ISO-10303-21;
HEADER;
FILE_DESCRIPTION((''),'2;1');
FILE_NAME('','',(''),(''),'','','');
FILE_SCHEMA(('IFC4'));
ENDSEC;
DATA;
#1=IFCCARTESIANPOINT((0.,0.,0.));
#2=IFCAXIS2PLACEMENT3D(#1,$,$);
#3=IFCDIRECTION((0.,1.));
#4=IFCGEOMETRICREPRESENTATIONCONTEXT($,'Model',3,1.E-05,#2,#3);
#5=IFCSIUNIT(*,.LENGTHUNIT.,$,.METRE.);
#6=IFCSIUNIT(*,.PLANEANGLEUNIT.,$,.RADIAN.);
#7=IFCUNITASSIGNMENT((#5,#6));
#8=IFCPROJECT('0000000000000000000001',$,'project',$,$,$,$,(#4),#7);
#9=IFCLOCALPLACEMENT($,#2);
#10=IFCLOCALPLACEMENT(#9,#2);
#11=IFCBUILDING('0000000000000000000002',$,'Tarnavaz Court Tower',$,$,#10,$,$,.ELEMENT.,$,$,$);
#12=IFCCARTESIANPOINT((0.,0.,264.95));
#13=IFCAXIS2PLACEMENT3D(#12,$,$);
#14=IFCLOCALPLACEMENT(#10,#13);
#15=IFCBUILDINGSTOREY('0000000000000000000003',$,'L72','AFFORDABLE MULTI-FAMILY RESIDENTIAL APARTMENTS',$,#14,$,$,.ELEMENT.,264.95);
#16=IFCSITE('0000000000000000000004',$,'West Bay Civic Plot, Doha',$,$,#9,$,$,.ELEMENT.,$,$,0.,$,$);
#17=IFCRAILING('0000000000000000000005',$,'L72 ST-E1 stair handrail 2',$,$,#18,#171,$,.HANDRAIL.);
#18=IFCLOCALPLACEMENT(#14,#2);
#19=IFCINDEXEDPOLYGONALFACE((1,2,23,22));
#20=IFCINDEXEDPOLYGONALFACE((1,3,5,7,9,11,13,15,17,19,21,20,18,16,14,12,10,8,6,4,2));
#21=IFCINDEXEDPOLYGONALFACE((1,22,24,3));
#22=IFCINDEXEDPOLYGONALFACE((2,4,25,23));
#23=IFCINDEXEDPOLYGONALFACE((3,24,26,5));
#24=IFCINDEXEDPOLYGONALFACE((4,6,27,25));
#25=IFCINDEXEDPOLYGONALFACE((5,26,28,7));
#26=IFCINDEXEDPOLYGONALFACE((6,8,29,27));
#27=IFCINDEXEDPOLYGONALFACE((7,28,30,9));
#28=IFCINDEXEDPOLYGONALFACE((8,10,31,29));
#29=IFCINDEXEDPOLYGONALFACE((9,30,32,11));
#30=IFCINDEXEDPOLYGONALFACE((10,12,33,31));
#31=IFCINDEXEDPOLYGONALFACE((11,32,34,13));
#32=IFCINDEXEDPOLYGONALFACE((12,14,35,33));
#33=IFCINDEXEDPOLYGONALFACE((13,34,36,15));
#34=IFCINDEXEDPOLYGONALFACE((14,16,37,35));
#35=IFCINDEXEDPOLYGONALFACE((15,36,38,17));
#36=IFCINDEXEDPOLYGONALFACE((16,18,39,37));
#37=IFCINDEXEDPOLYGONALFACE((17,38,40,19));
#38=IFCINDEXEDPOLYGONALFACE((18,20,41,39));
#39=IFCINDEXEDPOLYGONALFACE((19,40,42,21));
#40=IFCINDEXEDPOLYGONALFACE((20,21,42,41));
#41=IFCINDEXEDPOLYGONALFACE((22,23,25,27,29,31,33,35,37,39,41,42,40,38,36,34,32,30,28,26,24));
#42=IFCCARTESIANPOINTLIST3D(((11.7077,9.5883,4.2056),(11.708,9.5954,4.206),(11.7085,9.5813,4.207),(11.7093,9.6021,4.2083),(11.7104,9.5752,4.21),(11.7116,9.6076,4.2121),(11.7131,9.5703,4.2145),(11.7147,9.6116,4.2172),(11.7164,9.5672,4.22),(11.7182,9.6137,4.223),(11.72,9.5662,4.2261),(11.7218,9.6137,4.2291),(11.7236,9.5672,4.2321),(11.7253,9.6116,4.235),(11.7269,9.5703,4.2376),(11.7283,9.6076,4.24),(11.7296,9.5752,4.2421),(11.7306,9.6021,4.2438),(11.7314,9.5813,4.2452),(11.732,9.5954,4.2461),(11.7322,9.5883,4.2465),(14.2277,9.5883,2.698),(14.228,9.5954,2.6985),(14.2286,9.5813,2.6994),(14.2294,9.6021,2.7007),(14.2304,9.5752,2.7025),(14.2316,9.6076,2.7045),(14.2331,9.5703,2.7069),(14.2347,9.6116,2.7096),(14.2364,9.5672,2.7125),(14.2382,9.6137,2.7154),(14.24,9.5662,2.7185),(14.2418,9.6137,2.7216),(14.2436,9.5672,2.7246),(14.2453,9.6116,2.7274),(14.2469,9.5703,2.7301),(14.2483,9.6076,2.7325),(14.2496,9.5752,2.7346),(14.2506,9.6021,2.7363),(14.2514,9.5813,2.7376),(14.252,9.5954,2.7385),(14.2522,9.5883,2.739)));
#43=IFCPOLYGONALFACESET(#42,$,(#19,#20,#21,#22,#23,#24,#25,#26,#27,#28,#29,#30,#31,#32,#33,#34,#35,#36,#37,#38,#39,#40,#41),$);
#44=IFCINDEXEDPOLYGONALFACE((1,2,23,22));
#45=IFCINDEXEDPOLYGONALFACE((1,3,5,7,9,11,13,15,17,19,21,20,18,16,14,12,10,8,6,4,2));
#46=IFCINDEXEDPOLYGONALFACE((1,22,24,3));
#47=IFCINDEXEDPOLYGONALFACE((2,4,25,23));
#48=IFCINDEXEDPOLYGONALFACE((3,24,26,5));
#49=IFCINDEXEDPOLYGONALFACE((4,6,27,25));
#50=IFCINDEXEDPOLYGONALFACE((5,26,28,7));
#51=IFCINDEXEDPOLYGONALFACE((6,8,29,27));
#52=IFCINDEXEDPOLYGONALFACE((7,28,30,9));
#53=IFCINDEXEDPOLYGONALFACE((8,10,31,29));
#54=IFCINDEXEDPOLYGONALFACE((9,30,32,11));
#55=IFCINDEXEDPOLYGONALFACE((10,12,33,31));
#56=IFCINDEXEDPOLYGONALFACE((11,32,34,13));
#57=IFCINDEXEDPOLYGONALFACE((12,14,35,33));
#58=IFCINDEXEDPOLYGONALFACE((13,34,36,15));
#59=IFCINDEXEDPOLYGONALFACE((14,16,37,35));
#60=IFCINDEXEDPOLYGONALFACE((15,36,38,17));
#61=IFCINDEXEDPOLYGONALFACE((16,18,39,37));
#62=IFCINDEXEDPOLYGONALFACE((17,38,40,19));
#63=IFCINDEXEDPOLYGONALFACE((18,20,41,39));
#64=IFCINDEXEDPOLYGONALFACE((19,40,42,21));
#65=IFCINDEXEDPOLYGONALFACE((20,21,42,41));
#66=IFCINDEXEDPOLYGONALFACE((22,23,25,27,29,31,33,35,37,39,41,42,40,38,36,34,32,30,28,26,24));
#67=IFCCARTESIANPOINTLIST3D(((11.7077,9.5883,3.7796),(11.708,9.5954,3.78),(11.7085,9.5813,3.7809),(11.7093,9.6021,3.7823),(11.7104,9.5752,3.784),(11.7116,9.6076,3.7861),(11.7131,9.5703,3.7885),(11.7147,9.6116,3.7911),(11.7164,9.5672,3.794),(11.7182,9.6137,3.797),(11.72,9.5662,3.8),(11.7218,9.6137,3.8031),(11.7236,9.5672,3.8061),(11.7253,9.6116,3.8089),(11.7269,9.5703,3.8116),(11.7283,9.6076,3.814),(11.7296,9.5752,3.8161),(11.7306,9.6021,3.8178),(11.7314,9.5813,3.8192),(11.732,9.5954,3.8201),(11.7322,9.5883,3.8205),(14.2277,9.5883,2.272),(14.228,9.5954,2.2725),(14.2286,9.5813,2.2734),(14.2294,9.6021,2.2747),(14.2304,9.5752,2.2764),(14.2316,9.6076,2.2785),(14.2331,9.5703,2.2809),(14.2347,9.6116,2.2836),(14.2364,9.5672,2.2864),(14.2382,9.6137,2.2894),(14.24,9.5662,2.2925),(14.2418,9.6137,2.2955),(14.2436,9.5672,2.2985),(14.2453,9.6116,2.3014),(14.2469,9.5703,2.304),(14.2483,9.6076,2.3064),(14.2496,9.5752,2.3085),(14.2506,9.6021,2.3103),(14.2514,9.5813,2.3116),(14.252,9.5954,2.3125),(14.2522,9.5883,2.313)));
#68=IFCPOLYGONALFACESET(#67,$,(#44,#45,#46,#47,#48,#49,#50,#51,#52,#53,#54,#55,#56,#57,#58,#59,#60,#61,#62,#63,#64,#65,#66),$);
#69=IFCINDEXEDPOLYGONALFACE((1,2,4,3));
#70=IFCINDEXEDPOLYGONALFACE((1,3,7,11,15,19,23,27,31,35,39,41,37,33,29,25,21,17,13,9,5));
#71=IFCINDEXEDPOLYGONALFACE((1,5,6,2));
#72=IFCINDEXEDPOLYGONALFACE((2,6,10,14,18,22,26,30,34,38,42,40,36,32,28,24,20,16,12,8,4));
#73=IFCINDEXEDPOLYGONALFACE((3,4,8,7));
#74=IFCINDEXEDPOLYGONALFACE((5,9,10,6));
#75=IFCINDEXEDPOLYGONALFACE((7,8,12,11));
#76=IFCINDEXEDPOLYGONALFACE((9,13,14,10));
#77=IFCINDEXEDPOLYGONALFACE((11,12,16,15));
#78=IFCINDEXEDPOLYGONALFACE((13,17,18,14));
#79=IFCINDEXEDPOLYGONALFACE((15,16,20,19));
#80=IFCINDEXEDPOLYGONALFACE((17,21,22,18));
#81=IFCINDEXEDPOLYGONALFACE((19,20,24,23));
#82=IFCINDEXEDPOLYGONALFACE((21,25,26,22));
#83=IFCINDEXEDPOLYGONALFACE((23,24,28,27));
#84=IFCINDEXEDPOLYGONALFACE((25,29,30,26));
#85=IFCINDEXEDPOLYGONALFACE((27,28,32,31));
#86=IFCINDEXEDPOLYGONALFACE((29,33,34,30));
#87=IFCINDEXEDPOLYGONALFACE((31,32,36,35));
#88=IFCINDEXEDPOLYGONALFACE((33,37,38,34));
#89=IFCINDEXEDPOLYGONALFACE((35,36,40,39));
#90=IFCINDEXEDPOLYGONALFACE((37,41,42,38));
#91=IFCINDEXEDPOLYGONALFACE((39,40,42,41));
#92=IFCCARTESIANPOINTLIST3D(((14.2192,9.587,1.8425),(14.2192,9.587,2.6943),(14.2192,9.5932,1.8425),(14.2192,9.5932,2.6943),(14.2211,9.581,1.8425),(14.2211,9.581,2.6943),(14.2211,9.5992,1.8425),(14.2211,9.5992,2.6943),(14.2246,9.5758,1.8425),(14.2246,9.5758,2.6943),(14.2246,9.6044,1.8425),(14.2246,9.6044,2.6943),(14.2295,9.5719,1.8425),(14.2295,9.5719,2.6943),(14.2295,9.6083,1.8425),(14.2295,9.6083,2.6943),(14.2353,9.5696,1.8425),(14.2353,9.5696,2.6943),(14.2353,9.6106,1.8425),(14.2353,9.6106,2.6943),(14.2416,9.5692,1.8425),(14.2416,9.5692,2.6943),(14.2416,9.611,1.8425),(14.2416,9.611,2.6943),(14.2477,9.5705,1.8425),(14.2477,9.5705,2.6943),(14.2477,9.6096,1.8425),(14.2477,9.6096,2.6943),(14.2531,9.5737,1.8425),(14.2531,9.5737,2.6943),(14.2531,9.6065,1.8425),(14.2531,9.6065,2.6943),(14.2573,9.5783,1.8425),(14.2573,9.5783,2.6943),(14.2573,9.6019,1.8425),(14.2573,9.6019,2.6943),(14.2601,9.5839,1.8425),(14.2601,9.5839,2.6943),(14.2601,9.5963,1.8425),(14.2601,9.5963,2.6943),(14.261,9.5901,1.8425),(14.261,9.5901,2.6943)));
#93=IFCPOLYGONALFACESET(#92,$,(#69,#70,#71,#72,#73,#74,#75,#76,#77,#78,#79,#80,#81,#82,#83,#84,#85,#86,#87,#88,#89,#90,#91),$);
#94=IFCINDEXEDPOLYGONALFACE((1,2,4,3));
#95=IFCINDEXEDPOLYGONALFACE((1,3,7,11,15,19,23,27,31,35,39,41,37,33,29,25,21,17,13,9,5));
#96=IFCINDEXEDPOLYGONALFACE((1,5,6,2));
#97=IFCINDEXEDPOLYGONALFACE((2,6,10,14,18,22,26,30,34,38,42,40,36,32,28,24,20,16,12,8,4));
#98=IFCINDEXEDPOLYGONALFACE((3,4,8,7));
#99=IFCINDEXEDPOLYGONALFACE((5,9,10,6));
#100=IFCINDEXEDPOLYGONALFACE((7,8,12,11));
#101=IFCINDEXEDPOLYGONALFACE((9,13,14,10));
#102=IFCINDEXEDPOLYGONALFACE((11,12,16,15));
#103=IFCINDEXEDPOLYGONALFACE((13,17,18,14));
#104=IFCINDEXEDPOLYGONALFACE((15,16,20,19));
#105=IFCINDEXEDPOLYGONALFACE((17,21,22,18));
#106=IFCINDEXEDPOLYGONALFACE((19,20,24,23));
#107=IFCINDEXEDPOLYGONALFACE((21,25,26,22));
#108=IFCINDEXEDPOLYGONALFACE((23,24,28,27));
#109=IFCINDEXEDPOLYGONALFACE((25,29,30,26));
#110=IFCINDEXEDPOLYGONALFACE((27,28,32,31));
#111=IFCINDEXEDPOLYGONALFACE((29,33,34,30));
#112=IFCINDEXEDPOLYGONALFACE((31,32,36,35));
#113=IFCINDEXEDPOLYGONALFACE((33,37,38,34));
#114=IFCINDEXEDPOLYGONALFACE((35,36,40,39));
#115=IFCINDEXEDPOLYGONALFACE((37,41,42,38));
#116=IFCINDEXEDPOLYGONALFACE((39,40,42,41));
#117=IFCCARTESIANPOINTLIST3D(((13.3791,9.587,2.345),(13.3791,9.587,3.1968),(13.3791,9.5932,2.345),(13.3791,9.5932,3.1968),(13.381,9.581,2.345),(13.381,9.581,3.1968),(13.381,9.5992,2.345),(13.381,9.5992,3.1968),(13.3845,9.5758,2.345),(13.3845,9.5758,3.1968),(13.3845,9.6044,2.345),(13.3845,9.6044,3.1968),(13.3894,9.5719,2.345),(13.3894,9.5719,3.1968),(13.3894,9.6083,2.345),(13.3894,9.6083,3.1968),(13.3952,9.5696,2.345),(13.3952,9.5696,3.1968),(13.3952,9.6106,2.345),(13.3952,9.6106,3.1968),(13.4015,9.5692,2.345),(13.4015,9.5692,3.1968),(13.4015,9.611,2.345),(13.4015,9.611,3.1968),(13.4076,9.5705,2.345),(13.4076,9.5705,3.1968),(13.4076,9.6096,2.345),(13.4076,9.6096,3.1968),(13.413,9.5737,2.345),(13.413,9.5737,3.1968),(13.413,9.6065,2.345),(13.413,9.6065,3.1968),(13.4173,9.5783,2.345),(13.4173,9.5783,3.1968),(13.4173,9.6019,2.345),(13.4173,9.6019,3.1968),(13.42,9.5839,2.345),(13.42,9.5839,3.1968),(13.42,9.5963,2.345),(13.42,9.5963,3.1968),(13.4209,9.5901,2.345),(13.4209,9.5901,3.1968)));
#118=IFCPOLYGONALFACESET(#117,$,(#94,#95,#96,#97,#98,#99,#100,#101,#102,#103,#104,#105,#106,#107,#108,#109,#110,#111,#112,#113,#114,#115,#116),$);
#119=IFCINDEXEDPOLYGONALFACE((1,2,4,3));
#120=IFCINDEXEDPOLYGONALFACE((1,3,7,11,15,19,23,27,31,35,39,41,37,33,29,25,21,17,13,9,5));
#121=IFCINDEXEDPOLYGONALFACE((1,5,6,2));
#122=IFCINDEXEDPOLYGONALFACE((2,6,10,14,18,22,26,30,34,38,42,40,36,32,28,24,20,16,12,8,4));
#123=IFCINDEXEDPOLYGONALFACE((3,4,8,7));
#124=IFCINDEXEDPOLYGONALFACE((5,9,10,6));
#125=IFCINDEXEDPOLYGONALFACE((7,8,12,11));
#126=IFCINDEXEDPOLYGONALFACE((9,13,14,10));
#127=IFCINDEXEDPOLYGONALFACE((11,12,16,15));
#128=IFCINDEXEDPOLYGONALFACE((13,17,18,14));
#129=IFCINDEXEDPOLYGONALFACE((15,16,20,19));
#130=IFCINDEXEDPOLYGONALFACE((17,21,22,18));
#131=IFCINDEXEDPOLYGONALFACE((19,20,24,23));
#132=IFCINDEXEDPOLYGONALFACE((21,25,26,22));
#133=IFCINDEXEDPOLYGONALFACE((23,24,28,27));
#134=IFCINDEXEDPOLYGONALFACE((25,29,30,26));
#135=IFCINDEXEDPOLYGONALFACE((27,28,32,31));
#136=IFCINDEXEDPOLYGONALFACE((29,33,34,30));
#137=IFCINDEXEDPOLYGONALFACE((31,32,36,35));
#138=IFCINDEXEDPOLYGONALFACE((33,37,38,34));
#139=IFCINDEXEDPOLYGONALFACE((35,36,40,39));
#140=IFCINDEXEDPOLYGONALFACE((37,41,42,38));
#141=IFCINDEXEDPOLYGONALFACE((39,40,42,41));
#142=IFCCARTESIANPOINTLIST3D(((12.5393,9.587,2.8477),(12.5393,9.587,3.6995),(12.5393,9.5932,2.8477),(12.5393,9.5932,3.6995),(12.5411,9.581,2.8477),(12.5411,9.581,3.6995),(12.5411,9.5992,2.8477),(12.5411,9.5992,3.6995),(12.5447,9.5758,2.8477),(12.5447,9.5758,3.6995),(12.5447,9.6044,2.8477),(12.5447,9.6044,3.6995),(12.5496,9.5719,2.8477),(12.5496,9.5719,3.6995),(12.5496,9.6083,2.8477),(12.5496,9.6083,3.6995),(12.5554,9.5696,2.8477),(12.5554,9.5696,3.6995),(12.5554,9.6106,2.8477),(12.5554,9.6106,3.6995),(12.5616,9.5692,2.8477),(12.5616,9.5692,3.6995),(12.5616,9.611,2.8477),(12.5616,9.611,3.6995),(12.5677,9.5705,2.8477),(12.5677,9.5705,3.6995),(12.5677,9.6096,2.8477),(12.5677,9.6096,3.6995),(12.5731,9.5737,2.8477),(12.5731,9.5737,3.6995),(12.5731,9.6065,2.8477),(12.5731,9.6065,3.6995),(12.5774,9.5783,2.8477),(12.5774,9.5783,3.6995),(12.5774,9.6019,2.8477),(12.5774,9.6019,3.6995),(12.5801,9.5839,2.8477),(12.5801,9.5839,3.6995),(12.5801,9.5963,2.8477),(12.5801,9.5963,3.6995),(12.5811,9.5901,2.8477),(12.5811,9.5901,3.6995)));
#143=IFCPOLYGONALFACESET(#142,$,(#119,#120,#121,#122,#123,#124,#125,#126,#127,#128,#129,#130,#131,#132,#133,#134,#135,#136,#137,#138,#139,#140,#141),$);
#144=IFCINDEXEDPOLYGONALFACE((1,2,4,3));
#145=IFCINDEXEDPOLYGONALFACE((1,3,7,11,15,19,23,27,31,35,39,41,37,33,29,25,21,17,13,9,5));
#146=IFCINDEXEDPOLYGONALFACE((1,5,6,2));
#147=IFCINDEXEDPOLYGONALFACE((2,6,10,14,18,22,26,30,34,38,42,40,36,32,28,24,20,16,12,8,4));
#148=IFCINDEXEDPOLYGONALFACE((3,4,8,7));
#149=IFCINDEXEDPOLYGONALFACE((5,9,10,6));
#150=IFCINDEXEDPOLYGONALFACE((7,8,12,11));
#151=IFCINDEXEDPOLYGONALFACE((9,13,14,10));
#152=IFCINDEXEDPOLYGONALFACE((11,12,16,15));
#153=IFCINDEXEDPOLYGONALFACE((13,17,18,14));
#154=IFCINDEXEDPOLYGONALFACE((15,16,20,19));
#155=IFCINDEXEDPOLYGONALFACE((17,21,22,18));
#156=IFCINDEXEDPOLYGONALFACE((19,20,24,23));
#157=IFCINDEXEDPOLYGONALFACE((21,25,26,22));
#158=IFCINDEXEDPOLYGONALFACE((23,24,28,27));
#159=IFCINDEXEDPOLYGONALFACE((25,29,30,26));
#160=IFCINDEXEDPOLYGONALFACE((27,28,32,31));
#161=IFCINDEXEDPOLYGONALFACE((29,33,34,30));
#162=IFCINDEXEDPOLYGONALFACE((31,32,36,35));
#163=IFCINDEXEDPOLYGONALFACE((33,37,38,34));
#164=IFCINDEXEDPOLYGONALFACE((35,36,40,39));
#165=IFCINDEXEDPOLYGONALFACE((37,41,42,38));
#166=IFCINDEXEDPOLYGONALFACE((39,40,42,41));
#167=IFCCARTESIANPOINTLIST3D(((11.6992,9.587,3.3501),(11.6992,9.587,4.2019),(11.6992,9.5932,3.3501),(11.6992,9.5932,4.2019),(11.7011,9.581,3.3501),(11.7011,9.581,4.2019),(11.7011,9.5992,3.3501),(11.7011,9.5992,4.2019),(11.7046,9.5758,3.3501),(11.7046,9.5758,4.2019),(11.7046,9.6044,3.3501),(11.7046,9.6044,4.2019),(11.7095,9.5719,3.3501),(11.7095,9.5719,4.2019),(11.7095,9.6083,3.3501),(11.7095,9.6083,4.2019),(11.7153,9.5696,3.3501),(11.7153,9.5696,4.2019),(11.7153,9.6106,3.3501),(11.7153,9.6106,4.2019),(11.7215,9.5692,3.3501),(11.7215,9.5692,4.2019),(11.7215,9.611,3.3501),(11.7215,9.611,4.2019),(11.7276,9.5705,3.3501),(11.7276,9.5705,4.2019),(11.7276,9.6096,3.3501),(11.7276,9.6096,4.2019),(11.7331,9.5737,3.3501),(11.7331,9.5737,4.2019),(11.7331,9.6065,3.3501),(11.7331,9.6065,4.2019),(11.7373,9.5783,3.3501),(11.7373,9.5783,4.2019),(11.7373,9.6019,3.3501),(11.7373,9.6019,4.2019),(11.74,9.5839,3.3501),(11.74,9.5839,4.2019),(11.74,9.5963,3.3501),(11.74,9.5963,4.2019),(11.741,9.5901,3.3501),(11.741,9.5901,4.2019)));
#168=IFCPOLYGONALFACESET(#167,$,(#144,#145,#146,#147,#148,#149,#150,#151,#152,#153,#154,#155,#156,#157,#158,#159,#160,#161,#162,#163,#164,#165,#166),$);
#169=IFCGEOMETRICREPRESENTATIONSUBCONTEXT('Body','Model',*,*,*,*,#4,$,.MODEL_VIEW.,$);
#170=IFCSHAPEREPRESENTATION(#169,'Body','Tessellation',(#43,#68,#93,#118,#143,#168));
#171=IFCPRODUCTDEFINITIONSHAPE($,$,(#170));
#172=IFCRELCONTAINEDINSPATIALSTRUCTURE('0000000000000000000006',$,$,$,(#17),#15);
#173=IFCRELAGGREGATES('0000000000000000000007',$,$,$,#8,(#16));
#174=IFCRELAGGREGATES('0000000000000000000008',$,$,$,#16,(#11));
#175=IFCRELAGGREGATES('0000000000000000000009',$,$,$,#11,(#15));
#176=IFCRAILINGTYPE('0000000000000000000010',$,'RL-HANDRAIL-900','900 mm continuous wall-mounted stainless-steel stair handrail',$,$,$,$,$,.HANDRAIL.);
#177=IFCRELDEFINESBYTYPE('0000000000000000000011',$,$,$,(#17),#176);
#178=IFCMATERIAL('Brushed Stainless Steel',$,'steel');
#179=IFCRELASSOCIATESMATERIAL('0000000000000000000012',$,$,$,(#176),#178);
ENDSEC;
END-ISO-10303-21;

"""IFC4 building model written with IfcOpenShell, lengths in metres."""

from ifc_helpers import new_model, si_unit, direction, frame, origin, origin_2d, place, context, subcontext, project, spatial, circle, extrude, material, type_object, element, save


model = new_model("IFC4")

# Units and contexts
model_context = context("Model", 3, precision=1e-05, world=origin(), true_north=direction((0.0, 1.0)))
body_context = subcontext(model_context, "Body", "Model", "MODEL_VIEW")
ifc_project = project(units=[si_unit("LENGTHUNIT", "METRE"), si_unit("PLANEANGLEUNIT", "RADIAN")], contexts=[model_context])

# Site, building, storey
site_placement = place(None, origin())
site = spatial("IfcSite", under=ifc_project, at=site_placement, Name="West Bay Civic Plot, Doha", CompositionType="ELEMENT", RefElevation=0.0)
building_placement = place(site_placement, origin())
building = spatial("IfcBuilding", under=site, at=building_placement, Name="Tarnavaz Court Tower", CompositionType="ELEMENT")
storey_placement = place(building_placement, frame((0.0, 0.0, 264.95)))
storey = spatial("IfcBuildingStorey", under=building, at=storey_placement, Name="L72", Description="AFFORDABLE MULTI-FAMILY RESIDENTIAL APARTMENTS", CompositionType="ELEMENT", Elevation=264.95)

# Railing
ifc_material_1 = material(Name="Brushed Stainless Steel", Category="steel")
railing_type_1 = type_object("IfcRailingType", Name="RL-HANDRAIL-900", Description="900 mm continuous wall-mounted stainless-steel stair handrail", PredefinedType="HANDRAIL", material=ifc_material_1)
railing_1_placement = place(storey_placement, frame((14.24, 9.5901, 1.8425)))
element("IfcRailing", 1, at=railing_1_placement, inside=storey, type_object=railing_type_1, Name="L72 ST-E1 stair handrail 2", PredefinedType="HANDRAIL", context=body_context, shape_type="SweptSolid", body=[
    extrude(circle(Radius=0.0239, at=origin_2d()), frame((0.0, 0.0, 0.876), z_axis=(-0.85816, 0.0, 0.513383), x_axis=(0.0, -1.0, 0.0)), (0.0, 0.0, 1.0), 2.9365),
    extrude(circle(Radius=0.0239, at=origin_2d()), frame((0.0, 0.0, 0.45), z_axis=(-0.85816, 0.0, 0.513383), x_axis=(0.0, -1.0, 0.0)), (0.0, 0.0, 1.0), 2.9365),
    extrude(circle(Radius=0.021, at=origin_2d()), origin(), (0.0, 0.0, 1.0), 0.8518),
    extrude(circle(Radius=0.021, at=origin_2d()), frame((-0.8401, 0.0, 0.5024)), (0.0, 0.0, 1.0), 0.8518),
    extrude(circle(Radius=0.021, at=origin_2d()), frame((-1.6799, 0.0, 1.0051)), (0.0, 0.0, 1.0), 0.8518),
    extrude(circle(Radius=0.021, at=origin_2d()), frame((-2.52, 0.0, 1.5076)), (0.0, 0.0, 1.0), 0.8518),
])

save(model, "model.ifc")
